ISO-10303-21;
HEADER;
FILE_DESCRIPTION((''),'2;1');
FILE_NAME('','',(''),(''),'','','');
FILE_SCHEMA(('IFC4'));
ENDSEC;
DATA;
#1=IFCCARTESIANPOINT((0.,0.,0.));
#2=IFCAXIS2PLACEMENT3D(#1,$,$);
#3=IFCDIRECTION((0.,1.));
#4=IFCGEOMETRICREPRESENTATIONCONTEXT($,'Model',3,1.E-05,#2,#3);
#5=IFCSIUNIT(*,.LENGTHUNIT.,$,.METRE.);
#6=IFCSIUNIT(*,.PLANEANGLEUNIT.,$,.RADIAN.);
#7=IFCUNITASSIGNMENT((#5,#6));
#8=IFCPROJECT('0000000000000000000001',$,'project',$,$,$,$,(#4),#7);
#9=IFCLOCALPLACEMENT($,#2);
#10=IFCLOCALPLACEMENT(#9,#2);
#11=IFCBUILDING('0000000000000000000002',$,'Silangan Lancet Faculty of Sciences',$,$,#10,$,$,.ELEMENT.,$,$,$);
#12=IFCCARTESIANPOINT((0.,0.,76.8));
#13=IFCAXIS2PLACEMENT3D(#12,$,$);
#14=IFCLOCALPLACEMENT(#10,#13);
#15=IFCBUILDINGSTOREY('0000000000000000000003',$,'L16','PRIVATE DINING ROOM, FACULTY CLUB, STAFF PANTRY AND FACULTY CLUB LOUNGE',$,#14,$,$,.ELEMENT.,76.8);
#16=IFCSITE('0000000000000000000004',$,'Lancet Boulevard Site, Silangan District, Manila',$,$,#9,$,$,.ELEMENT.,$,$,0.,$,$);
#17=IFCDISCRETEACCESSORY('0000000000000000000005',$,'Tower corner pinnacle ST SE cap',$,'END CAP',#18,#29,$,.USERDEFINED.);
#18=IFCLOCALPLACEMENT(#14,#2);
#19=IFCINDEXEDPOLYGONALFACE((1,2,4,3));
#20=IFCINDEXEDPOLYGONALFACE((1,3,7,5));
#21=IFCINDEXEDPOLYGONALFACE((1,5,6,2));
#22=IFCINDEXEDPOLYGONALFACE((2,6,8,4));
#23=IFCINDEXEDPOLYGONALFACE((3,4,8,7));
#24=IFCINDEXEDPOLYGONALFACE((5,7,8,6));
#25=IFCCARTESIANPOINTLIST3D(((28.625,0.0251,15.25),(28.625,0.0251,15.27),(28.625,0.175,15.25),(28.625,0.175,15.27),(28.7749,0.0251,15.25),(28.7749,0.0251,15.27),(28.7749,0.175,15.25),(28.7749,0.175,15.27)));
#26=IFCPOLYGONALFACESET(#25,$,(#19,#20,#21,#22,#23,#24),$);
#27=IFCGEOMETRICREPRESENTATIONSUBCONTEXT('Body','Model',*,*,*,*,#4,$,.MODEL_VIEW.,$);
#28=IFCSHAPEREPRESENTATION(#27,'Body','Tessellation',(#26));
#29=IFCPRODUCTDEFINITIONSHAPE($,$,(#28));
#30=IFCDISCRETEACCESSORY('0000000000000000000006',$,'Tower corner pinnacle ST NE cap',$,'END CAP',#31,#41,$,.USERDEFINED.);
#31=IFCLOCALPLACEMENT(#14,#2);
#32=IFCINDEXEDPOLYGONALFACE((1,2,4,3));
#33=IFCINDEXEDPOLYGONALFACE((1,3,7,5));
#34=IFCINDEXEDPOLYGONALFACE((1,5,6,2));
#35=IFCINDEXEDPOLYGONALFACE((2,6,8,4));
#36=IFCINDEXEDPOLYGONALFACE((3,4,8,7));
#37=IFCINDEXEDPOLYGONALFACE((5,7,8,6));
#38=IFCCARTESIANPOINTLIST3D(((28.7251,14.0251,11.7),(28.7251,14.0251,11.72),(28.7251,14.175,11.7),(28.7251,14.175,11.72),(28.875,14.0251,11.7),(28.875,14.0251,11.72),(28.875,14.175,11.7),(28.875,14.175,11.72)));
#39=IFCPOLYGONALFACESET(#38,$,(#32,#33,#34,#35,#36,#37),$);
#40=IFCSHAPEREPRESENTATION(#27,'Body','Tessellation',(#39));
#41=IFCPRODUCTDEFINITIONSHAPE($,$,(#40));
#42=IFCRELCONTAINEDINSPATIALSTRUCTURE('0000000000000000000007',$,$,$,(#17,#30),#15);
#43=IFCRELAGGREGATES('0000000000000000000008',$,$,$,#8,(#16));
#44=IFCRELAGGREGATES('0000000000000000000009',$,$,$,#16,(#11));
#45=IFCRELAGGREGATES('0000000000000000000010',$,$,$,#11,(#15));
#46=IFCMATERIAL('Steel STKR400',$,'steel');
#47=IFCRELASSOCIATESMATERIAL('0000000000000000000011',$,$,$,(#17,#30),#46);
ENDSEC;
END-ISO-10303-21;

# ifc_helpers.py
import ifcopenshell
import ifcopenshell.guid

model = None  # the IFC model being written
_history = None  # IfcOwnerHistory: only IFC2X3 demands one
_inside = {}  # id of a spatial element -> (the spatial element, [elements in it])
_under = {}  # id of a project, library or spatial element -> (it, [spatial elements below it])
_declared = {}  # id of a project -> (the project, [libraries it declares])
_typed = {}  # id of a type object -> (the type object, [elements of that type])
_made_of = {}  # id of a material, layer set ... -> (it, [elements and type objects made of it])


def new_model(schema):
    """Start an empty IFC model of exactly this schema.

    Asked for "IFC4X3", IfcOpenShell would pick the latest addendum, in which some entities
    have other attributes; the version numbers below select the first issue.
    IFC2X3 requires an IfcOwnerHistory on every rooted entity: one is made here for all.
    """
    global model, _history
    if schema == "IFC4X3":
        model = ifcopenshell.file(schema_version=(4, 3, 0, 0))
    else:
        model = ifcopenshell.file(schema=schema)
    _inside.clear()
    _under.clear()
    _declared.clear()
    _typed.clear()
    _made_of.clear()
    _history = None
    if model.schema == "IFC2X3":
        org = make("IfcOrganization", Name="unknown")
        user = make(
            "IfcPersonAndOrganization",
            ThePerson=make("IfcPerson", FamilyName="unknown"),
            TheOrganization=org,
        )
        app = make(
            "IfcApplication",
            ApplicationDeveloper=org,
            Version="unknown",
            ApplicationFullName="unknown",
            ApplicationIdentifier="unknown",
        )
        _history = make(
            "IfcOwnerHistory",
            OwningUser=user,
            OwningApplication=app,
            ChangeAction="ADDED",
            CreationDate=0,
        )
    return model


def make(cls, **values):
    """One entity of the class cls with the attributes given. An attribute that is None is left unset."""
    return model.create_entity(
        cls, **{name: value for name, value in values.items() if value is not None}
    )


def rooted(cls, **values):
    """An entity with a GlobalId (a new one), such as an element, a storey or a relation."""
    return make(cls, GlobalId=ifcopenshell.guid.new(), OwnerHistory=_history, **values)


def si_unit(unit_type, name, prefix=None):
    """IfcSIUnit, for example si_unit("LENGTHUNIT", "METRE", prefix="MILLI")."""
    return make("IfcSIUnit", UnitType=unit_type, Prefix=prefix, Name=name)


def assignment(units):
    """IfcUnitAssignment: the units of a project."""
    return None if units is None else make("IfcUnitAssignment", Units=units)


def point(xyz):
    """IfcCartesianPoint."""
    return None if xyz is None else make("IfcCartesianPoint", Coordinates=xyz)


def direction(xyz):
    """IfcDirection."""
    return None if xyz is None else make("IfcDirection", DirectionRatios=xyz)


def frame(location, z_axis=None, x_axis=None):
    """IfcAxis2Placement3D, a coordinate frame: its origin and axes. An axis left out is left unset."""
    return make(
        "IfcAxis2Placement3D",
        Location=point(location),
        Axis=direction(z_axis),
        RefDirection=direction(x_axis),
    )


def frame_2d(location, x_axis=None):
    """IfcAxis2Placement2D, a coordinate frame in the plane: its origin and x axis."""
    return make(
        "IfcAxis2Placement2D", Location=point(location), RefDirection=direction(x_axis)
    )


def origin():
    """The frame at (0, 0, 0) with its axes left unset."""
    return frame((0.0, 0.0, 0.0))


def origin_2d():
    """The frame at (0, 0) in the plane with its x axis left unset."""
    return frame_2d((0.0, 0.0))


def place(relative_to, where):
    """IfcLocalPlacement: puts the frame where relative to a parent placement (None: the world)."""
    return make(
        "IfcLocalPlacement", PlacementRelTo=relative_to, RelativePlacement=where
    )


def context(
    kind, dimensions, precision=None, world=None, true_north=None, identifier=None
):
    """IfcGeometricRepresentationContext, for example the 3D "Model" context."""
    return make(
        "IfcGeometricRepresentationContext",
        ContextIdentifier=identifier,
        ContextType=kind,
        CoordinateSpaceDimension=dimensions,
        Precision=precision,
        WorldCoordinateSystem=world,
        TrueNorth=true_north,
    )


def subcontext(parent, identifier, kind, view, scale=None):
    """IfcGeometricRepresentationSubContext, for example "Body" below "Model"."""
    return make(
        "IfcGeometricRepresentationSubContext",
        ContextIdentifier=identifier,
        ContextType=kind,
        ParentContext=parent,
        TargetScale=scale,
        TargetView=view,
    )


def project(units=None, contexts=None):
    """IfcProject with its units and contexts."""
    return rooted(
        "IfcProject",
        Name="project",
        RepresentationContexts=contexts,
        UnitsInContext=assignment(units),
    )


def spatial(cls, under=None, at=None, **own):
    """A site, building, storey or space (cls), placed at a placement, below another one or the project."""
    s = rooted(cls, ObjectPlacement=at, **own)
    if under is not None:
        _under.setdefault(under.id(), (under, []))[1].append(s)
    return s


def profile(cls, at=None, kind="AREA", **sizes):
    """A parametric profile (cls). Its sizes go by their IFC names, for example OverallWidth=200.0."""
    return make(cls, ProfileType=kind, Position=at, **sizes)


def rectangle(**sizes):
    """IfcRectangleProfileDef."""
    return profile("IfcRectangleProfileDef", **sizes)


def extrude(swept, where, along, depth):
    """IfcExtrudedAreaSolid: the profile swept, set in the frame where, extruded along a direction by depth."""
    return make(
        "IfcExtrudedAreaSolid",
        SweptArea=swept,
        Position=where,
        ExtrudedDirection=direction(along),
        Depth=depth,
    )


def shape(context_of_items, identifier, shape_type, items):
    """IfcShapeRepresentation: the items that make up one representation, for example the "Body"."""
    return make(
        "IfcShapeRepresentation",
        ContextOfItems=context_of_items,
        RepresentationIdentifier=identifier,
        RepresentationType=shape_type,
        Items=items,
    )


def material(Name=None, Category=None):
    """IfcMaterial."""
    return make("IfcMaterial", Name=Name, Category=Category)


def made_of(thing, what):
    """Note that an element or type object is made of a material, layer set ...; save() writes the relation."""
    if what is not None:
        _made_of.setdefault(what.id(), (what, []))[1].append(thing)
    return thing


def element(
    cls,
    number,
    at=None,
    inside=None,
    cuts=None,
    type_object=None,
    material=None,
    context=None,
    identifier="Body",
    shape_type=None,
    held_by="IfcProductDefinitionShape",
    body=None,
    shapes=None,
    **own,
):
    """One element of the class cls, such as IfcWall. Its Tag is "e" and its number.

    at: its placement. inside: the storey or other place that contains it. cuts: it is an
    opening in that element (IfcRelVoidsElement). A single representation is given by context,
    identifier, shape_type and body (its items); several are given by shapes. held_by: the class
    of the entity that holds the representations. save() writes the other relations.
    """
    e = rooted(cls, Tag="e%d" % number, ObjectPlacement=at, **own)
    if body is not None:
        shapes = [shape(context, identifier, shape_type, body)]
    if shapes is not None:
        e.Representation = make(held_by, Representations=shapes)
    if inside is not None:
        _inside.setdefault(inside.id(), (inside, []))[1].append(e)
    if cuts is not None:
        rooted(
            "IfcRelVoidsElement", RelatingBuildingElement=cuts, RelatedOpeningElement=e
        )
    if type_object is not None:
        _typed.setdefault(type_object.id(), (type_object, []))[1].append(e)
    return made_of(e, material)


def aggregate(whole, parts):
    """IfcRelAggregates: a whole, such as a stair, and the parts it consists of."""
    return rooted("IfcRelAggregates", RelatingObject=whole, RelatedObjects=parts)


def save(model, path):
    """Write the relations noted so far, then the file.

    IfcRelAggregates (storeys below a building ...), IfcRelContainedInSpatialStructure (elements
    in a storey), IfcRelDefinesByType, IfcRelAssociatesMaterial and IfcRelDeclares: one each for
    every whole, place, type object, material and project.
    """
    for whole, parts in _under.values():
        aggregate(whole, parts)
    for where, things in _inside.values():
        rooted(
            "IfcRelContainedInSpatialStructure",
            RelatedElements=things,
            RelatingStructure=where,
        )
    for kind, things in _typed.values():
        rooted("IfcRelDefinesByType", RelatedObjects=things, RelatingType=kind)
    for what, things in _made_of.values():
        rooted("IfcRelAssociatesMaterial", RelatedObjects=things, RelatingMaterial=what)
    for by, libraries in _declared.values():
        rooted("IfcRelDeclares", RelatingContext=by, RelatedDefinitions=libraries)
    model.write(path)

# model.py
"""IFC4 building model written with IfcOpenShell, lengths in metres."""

from ifc_helpers import new_model, si_unit, direction, frame, origin, origin_2d, place, context, subcontext, project, spatial, rectangle, extrude, material, element, save


model = new_model("IFC4")

# Units and contexts
model_context = context("Model", 3, precision=1e-05, world=origin(), true_north=direction((0.0, 1.0)))
body_context = subcontext(model_context, "Body", "Model", "MODEL_VIEW")
ifc_project = project(units=[si_unit("LENGTHUNIT", "METRE"), si_unit("PLANEANGLEUNIT", "RADIAN")], contexts=[model_context])

# Site, building, storey
site_placement = place(None, origin())
site = spatial("IfcSite", under=ifc_project, at=site_placement, Name="Lancet Boulevard Site, Silangan District, Manila", CompositionType="ELEMENT", RefElevation=0.0)
building_placement = place(site_placement, origin())
building = spatial("IfcBuilding", under=site, at=building_placement, Name="Silangan Lancet Faculty of Sciences", CompositionType="ELEMENT")
storey_placement = place(building_placement, frame((0.0, 0.0, 76.8)))
storey = spatial("IfcBuildingStorey", under=building, at=storey_placement, Name="L16", Description="PRIVATE DINING ROOM, FACULTY CLUB, STAFF PANTRY AND FACULTY CLUB LOUNGE", CompositionType="ELEMENT", Elevation=76.8)

# Discrete accessories
ifc_material_1 = material(Name="Steel STKR400", Category="steel")
for number, where, z_axis, x_axis, name in (
    (1, (28.7, 0.1001, 15.25), (0.0, 0.0, 1.0), (1.0, 0.0, 0.0), "Tower corner pinnacle ST SE cap"),
    (2, (28.8, 14.1001, 11.7), (0.0, 0.0, 1.0), (1.0, 0.0, 0.0), "Tower corner pinnacle ST NE cap"),
):
    element("IfcDiscreteAccessory", number, at=place(storey_placement, frame(where, z_axis=z_axis, x_axis=x_axis)), inside=storey, material=ifc_material_1, Name=name, ObjectType="END CAP", PredefinedType="USERDEFINED", context=body_context, shape_type="SweptSolid", body=[
        extrude(rectangle(XDim=0.1499, YDim=0.1499, at=origin_2d()), origin(), (0.0, 0.0, 1.0), 0.02),
    ])

save(model, "model.ifc")
